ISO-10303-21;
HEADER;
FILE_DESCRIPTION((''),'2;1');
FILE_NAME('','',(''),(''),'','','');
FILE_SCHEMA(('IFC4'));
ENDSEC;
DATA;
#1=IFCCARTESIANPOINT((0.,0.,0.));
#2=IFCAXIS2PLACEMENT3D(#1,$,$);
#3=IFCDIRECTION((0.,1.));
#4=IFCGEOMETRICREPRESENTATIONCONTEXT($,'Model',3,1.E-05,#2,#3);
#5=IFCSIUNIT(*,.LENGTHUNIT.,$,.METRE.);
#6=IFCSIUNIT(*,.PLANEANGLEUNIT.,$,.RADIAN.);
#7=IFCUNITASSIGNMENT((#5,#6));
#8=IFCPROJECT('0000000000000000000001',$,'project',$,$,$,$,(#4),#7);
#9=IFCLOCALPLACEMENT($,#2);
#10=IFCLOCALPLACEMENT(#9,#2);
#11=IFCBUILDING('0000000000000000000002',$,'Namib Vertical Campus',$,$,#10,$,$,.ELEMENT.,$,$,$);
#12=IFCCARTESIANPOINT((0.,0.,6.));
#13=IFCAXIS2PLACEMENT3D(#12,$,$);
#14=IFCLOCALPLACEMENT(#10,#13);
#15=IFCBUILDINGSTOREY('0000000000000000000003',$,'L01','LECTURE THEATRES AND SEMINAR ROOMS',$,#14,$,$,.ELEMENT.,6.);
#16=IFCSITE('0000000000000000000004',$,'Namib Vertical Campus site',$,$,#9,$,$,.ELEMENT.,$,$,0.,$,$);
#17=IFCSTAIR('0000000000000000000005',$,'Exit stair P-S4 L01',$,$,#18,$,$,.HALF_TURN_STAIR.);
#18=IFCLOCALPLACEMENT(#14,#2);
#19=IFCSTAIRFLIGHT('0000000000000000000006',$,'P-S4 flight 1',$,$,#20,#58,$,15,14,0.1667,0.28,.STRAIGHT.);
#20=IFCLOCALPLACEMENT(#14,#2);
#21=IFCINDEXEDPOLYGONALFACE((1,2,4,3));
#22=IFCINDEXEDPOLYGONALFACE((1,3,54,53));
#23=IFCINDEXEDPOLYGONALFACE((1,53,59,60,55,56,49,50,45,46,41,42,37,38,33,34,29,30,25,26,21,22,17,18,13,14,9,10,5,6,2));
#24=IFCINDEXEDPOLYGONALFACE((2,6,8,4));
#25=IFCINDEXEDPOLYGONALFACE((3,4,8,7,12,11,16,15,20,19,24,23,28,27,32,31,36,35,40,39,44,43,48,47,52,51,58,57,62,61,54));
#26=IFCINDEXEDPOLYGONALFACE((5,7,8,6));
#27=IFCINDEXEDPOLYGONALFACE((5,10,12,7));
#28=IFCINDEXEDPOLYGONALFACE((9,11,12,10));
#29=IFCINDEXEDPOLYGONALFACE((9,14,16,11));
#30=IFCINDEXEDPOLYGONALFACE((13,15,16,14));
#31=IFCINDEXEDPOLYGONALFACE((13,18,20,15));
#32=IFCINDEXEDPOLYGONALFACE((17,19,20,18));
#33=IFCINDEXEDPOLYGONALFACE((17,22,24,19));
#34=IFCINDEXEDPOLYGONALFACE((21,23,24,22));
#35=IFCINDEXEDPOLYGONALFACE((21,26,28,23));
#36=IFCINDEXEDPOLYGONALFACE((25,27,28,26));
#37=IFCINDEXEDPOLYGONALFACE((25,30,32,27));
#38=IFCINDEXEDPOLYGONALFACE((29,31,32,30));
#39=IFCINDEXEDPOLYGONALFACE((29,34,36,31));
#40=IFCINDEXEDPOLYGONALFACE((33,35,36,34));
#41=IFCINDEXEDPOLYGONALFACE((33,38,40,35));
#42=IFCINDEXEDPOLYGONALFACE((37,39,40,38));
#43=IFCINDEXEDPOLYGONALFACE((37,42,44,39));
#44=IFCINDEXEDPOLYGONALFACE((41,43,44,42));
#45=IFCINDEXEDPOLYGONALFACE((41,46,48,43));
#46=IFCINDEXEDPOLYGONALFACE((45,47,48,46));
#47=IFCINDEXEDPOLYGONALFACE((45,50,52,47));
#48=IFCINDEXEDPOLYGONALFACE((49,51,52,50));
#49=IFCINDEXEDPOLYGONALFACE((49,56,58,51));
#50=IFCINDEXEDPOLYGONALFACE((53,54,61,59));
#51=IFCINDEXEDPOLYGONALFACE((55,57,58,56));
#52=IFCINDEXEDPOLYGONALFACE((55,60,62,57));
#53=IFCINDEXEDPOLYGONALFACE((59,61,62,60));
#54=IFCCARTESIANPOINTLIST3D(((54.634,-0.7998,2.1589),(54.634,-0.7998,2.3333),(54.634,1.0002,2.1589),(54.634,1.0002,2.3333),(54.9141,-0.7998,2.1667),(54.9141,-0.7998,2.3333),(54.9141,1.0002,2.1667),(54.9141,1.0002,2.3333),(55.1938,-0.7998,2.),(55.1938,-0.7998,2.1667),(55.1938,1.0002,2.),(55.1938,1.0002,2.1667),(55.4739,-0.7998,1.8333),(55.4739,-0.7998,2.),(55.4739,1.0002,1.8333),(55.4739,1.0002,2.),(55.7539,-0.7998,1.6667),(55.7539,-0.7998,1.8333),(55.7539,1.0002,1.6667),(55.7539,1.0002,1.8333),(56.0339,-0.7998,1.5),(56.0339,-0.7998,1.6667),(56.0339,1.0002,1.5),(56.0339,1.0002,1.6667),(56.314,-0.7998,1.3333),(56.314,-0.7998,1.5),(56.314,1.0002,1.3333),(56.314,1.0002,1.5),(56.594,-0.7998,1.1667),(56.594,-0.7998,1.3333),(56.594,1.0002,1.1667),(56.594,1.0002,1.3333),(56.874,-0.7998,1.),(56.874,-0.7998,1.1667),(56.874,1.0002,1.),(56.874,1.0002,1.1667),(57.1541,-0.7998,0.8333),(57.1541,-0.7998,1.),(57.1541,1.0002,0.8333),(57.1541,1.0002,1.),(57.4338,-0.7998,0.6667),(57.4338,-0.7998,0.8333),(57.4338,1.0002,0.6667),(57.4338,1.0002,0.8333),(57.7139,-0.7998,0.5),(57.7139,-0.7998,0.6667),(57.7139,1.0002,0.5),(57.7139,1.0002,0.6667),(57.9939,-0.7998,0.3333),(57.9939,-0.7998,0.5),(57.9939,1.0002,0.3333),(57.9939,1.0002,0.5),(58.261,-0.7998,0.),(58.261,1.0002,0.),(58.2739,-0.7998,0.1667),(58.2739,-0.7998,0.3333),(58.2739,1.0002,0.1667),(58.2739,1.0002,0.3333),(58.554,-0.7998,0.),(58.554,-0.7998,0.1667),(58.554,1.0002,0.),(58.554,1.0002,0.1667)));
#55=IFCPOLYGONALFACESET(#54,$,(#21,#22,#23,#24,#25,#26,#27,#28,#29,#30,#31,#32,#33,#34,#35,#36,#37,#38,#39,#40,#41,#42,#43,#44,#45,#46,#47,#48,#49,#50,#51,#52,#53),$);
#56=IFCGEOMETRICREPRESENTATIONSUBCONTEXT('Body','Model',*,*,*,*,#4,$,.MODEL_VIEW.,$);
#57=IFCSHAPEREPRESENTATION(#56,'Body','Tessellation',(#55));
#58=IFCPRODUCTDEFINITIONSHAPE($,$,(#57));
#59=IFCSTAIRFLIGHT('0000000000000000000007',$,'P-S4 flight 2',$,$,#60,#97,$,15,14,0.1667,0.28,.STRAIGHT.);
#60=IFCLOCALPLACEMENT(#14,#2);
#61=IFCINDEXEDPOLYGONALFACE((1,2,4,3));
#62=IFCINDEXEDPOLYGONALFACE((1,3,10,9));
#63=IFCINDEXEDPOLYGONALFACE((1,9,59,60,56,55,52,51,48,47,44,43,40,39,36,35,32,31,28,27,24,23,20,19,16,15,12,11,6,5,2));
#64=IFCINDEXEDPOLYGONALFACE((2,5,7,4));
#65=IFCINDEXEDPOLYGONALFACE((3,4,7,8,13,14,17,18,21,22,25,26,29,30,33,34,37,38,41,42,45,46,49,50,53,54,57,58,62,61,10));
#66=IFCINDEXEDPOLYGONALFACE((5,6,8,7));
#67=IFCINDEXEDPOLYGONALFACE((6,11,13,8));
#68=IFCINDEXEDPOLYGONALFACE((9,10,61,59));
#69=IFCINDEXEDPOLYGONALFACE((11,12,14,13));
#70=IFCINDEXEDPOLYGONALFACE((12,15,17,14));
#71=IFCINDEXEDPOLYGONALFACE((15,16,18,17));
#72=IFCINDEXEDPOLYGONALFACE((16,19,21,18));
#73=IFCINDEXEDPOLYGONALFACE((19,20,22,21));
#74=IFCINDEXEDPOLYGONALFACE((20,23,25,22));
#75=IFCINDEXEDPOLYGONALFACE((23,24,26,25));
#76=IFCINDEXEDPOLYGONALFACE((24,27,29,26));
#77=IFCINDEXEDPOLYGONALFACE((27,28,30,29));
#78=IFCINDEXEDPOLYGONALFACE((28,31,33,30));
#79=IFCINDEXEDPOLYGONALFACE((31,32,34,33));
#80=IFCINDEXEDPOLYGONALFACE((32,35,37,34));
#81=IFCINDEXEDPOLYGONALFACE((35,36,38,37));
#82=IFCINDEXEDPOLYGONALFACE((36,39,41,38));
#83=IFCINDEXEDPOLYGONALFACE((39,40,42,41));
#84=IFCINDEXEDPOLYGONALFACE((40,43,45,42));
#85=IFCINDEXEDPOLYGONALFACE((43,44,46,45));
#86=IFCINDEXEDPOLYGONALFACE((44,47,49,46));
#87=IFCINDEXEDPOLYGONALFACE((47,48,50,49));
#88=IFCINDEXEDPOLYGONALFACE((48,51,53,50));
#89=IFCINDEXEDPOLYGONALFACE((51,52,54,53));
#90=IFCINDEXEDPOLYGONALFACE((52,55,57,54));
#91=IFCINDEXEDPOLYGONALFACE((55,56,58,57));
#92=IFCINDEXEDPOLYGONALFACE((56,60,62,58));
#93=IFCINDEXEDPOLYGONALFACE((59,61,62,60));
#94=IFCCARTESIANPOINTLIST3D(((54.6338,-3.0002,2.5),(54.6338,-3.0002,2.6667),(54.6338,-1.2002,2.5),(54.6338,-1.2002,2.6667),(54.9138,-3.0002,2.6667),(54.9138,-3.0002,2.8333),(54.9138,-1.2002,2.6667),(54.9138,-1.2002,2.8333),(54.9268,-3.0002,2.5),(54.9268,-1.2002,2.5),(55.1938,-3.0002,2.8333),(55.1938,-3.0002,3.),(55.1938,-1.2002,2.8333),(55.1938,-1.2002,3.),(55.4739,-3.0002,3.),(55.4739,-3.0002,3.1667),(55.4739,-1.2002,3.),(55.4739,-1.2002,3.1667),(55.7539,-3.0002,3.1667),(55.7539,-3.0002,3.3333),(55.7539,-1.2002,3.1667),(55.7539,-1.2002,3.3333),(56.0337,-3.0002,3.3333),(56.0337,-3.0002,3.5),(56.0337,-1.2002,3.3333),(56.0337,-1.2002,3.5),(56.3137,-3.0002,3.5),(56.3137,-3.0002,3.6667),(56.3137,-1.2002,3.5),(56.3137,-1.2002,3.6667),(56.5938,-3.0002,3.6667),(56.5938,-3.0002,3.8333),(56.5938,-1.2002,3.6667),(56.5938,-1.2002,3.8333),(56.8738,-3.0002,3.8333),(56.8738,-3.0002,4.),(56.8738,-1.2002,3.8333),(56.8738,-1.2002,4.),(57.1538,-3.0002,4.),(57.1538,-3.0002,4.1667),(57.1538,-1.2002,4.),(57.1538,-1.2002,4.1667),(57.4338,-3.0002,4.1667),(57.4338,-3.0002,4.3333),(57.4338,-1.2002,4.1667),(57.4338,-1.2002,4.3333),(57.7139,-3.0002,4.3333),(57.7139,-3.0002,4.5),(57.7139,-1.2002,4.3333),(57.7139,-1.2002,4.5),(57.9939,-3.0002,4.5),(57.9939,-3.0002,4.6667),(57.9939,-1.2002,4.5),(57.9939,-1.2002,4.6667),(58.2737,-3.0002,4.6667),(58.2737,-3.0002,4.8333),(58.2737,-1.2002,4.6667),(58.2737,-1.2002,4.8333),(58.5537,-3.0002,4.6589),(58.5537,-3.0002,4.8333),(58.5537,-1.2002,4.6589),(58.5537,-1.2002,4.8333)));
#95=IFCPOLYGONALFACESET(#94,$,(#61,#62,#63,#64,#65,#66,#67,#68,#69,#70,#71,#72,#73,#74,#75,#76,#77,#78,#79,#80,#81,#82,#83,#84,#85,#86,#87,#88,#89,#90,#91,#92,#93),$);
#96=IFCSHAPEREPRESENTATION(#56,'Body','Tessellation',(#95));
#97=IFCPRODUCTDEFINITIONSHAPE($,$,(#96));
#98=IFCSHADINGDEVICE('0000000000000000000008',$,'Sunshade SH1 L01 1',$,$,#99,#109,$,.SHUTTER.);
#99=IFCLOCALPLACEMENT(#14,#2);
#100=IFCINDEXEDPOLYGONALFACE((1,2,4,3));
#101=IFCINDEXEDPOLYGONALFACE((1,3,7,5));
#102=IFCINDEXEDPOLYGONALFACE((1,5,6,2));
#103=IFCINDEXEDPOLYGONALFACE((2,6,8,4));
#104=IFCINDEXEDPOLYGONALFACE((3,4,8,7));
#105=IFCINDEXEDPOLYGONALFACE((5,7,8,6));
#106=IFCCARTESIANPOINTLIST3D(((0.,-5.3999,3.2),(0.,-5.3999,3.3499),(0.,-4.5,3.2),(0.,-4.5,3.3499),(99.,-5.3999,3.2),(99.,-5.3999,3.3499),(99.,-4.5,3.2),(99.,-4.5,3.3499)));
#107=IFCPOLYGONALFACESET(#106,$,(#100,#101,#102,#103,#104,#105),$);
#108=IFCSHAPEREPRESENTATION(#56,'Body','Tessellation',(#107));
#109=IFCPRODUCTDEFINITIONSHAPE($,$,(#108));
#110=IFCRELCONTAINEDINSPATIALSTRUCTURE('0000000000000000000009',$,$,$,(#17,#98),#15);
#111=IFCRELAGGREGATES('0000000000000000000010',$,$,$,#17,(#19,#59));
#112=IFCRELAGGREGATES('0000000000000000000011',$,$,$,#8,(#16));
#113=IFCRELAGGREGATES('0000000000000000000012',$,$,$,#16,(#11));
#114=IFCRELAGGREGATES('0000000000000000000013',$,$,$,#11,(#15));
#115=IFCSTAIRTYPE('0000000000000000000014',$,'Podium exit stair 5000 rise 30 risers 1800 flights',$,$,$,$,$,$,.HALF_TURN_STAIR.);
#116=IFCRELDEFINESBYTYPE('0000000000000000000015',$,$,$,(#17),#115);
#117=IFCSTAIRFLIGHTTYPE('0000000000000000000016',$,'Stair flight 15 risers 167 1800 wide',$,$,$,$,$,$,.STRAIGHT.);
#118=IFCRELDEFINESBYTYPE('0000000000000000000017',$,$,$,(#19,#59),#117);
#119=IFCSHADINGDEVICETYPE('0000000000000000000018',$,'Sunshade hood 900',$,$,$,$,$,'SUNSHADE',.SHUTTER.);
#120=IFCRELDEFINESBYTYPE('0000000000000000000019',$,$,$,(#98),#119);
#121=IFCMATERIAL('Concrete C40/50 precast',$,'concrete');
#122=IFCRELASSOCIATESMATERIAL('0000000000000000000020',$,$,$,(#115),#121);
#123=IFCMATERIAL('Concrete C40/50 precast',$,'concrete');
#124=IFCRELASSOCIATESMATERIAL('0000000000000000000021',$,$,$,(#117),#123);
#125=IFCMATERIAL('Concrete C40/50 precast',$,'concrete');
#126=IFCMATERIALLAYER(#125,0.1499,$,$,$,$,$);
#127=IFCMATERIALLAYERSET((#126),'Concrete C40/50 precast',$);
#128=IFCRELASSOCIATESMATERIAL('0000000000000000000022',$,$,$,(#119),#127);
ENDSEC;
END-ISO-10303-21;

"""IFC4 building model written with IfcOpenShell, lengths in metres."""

from ifc_helpers import new_model, si_unit, direction, frame, origin, origin_2d, place, context, subcontext, project, spatial, polyline, rectangle, outline, extrude, material, layer, layer_set, type_object, element, aggregate, save


model = new_model("IFC4")

# Units and contexts
model_context = context("Model", 3, precision=1e-05, world=origin(), true_north=direction((0.0, 1.0)))
body_context = subcontext(model_context, "Body", "Model", "MODEL_VIEW")
ifc_project = project(units=[si_unit("LENGTHUNIT", "METRE"), si_unit("PLANEANGLEUNIT", "RADIAN")], contexts=[model_context])

# Site, building, storey
site_placement = place(None, origin())
site = spatial("IfcSite", under=ifc_project, at=site_placement, Name="Namib Vertical Campus site", CompositionType="ELEMENT", RefElevation=0.0)
building_placement = place(site_placement, origin())
building = spatial("IfcBuilding", under=site, at=building_placement, Name="Namib Vertical Campus", CompositionType="ELEMENT")
storey_placement = place(building_placement, frame((0.0, 0.0, 6.0)))
storey = spatial("IfcBuildingStorey", under=building, at=storey_placement, Name="L01", Description="LECTURE THEATRES AND SEMINAR ROOMS", CompositionType="ELEMENT", Elevation=6.0)

# Stair, stair flights
ifc_material_1 = material(Name="Concrete C40/50 precast", Category="concrete")
stair_type = type_object("IfcStairType", Name="Podium exit stair 5000 rise 30 risers 1800 flights", PredefinedType="HALF_TURN_STAIR", material=ifc_material_1)
stair_placement = place(storey_placement, origin())
stair = element("IfcStair", 1, at=stair_placement, inside=storey, type_object=stair_type, Name="Exit stair P-S4 L01", PredefinedType="HALF_TURN_STAIR")
ifc_material_2 = material(Name="Concrete C40/50 precast", Category="concrete")
stair_flight_type = type_object("IfcStairFlightType", Name="Stair flight 15 risers 167 1800 wide", PredefinedType="STRAIGHT", material=ifc_material_2)
stair_flight_1_placement = place(storey_placement, frame((58.554, 0.1001, 0.0), z_axis=(0.0, 0.0, 1.0), x_axis=(-1.0, 0.0, 0.0)))
stair_flight_1 = element("IfcStairFlight", 2, at=stair_flight_1_placement, type_object=stair_flight_type, Name="P-S4 flight 1", NumberOfRisers=15, NumberOfTreads=14, PredefinedType="STRAIGHT", RiserHeight=0.1667, TreadLength=0.28, context=body_context, shape_type="SweptSolid", body=[
    extrude(outline(polyline([(0.0, 0.0), (0.0, 0.1667), (0.28, 0.1667), (0.28, 0.3333), (0.5601, 0.3333), (0.5601, 0.5), (0.8401, 0.5), (0.8401, 0.6667), (1.1201, 0.6667), (1.1201, 0.8333), (1.3999, 0.8333), (1.3999, 1.0), (1.6799, 1.0), (1.6799, 1.1667), (1.96, 1.1667), (1.96, 1.3333), (2.24, 1.3333), (2.24, 1.5), (2.52, 1.5), (2.52, 1.6667), (2.8, 1.6667), (2.8, 1.8333), (3.0801, 1.8333), (3.0801, 2.0), (3.3601, 2.0), (3.3601, 2.1667), (3.6399, 2.1667), (3.6399, 2.3333), (3.9199, 2.3333), (3.9199, 2.5), (3.9199, 2.1589), (0.293, 0.0), (0.0, 0.0)])), frame((0.0, 0.8999, 0.0), z_axis=(0.0, -1.0, 0.0), x_axis=(1.0, 0.0, 0.0)), (0.0, 0.0, 1.0), 1.8),
])
stair_flight_2_placement = place(storey_placement, frame((54.6338, -2.1001, 2.5), z_axis=(0.0, 0.0, 1.0), x_axis=(1.0, 0.0, 0.0)))
stair_flight_2 = element("IfcStairFlight", 3, at=stair_flight_2_placement, type_object=stair_flight_type, Name="P-S4 flight 2", NumberOfRisers=15, NumberOfTreads=14, PredefinedType="STRAIGHT", RiserHeight=0.1667, TreadLength=0.28, context=body_context, shape_type="SweptSolid", body=[
    extrude(outline(polyline([(0.0, 0.0), (0.0, 0.1667), (0.28, 0.1667), (0.28, 0.3333), (0.5601, 0.3333), (0.5601, 0.5), (0.8401, 0.5), (0.8401, 0.6667), (1.1201, 0.6667), (1.1201, 0.8333), (1.3999, 0.8333), (1.3999, 1.0), (1.6799, 1.0), (1.6799, 1.1667), (1.96, 1.1667), (1.96, 1.3333), (2.24, 1.3333), (2.24, 1.5), (2.52, 1.5), (2.52, 1.6667), (2.8, 1.6667), (2.8, 1.8333), (3.0801, 1.8333), (3.0801, 2.0), (3.3601, 2.0), (3.3601, 2.1667), (3.6399, 2.1667), (3.6399, 2.3333), (3.9199, 2.3333), (3.9199, 2.5), (3.9199, 2.1589), (0.293, 0.0), (0.0, 0.0)])), frame((0.0, 0.8999, 0.0), z_axis=(0.0, -1.0, 0.0), x_axis=(1.0, 0.0, 0.0)), (0.0, 0.0, 1.0), 1.8),
])
aggregate(stair, [stair_flight_1, stair_flight_2])

# Shading device
ifc_material_3 = material(Name="Concrete C40/50 precast", Category="concrete")
ifc_layer_1 = layer(ifc_material_3, 0.1499)
ifc_layer_set_1 = layer_set([ifc_layer_1], Name="Concrete C40/50 precast")
shading_device_type = type_object("IfcShadingDeviceType", Name="Sunshade hood 900", ElementType="SUNSHADE", PredefinedType="SHUTTER", material=ifc_layer_set_1)
shading_device_placement = place(storey_placement, frame((49.5, -4.95, 3.2), z_axis=(0.0, 0.0, 1.0), x_axis=(1.0, 0.0, 0.0)))
element("IfcShadingDevice", 4, at=shading_device_placement, inside=storey, type_object=shading_device_type, Name="Sunshade SH1 L01 1", PredefinedType="SHUTTER", context=body_context, shape_type="SweptSolid", body=[
    extrude(rectangle(XDim=99.0, YDim=0.8999, at=origin_2d()), origin(), (0.0, 0.0, 1.0), 0.1499),
])

save(model, "model.ifc")
